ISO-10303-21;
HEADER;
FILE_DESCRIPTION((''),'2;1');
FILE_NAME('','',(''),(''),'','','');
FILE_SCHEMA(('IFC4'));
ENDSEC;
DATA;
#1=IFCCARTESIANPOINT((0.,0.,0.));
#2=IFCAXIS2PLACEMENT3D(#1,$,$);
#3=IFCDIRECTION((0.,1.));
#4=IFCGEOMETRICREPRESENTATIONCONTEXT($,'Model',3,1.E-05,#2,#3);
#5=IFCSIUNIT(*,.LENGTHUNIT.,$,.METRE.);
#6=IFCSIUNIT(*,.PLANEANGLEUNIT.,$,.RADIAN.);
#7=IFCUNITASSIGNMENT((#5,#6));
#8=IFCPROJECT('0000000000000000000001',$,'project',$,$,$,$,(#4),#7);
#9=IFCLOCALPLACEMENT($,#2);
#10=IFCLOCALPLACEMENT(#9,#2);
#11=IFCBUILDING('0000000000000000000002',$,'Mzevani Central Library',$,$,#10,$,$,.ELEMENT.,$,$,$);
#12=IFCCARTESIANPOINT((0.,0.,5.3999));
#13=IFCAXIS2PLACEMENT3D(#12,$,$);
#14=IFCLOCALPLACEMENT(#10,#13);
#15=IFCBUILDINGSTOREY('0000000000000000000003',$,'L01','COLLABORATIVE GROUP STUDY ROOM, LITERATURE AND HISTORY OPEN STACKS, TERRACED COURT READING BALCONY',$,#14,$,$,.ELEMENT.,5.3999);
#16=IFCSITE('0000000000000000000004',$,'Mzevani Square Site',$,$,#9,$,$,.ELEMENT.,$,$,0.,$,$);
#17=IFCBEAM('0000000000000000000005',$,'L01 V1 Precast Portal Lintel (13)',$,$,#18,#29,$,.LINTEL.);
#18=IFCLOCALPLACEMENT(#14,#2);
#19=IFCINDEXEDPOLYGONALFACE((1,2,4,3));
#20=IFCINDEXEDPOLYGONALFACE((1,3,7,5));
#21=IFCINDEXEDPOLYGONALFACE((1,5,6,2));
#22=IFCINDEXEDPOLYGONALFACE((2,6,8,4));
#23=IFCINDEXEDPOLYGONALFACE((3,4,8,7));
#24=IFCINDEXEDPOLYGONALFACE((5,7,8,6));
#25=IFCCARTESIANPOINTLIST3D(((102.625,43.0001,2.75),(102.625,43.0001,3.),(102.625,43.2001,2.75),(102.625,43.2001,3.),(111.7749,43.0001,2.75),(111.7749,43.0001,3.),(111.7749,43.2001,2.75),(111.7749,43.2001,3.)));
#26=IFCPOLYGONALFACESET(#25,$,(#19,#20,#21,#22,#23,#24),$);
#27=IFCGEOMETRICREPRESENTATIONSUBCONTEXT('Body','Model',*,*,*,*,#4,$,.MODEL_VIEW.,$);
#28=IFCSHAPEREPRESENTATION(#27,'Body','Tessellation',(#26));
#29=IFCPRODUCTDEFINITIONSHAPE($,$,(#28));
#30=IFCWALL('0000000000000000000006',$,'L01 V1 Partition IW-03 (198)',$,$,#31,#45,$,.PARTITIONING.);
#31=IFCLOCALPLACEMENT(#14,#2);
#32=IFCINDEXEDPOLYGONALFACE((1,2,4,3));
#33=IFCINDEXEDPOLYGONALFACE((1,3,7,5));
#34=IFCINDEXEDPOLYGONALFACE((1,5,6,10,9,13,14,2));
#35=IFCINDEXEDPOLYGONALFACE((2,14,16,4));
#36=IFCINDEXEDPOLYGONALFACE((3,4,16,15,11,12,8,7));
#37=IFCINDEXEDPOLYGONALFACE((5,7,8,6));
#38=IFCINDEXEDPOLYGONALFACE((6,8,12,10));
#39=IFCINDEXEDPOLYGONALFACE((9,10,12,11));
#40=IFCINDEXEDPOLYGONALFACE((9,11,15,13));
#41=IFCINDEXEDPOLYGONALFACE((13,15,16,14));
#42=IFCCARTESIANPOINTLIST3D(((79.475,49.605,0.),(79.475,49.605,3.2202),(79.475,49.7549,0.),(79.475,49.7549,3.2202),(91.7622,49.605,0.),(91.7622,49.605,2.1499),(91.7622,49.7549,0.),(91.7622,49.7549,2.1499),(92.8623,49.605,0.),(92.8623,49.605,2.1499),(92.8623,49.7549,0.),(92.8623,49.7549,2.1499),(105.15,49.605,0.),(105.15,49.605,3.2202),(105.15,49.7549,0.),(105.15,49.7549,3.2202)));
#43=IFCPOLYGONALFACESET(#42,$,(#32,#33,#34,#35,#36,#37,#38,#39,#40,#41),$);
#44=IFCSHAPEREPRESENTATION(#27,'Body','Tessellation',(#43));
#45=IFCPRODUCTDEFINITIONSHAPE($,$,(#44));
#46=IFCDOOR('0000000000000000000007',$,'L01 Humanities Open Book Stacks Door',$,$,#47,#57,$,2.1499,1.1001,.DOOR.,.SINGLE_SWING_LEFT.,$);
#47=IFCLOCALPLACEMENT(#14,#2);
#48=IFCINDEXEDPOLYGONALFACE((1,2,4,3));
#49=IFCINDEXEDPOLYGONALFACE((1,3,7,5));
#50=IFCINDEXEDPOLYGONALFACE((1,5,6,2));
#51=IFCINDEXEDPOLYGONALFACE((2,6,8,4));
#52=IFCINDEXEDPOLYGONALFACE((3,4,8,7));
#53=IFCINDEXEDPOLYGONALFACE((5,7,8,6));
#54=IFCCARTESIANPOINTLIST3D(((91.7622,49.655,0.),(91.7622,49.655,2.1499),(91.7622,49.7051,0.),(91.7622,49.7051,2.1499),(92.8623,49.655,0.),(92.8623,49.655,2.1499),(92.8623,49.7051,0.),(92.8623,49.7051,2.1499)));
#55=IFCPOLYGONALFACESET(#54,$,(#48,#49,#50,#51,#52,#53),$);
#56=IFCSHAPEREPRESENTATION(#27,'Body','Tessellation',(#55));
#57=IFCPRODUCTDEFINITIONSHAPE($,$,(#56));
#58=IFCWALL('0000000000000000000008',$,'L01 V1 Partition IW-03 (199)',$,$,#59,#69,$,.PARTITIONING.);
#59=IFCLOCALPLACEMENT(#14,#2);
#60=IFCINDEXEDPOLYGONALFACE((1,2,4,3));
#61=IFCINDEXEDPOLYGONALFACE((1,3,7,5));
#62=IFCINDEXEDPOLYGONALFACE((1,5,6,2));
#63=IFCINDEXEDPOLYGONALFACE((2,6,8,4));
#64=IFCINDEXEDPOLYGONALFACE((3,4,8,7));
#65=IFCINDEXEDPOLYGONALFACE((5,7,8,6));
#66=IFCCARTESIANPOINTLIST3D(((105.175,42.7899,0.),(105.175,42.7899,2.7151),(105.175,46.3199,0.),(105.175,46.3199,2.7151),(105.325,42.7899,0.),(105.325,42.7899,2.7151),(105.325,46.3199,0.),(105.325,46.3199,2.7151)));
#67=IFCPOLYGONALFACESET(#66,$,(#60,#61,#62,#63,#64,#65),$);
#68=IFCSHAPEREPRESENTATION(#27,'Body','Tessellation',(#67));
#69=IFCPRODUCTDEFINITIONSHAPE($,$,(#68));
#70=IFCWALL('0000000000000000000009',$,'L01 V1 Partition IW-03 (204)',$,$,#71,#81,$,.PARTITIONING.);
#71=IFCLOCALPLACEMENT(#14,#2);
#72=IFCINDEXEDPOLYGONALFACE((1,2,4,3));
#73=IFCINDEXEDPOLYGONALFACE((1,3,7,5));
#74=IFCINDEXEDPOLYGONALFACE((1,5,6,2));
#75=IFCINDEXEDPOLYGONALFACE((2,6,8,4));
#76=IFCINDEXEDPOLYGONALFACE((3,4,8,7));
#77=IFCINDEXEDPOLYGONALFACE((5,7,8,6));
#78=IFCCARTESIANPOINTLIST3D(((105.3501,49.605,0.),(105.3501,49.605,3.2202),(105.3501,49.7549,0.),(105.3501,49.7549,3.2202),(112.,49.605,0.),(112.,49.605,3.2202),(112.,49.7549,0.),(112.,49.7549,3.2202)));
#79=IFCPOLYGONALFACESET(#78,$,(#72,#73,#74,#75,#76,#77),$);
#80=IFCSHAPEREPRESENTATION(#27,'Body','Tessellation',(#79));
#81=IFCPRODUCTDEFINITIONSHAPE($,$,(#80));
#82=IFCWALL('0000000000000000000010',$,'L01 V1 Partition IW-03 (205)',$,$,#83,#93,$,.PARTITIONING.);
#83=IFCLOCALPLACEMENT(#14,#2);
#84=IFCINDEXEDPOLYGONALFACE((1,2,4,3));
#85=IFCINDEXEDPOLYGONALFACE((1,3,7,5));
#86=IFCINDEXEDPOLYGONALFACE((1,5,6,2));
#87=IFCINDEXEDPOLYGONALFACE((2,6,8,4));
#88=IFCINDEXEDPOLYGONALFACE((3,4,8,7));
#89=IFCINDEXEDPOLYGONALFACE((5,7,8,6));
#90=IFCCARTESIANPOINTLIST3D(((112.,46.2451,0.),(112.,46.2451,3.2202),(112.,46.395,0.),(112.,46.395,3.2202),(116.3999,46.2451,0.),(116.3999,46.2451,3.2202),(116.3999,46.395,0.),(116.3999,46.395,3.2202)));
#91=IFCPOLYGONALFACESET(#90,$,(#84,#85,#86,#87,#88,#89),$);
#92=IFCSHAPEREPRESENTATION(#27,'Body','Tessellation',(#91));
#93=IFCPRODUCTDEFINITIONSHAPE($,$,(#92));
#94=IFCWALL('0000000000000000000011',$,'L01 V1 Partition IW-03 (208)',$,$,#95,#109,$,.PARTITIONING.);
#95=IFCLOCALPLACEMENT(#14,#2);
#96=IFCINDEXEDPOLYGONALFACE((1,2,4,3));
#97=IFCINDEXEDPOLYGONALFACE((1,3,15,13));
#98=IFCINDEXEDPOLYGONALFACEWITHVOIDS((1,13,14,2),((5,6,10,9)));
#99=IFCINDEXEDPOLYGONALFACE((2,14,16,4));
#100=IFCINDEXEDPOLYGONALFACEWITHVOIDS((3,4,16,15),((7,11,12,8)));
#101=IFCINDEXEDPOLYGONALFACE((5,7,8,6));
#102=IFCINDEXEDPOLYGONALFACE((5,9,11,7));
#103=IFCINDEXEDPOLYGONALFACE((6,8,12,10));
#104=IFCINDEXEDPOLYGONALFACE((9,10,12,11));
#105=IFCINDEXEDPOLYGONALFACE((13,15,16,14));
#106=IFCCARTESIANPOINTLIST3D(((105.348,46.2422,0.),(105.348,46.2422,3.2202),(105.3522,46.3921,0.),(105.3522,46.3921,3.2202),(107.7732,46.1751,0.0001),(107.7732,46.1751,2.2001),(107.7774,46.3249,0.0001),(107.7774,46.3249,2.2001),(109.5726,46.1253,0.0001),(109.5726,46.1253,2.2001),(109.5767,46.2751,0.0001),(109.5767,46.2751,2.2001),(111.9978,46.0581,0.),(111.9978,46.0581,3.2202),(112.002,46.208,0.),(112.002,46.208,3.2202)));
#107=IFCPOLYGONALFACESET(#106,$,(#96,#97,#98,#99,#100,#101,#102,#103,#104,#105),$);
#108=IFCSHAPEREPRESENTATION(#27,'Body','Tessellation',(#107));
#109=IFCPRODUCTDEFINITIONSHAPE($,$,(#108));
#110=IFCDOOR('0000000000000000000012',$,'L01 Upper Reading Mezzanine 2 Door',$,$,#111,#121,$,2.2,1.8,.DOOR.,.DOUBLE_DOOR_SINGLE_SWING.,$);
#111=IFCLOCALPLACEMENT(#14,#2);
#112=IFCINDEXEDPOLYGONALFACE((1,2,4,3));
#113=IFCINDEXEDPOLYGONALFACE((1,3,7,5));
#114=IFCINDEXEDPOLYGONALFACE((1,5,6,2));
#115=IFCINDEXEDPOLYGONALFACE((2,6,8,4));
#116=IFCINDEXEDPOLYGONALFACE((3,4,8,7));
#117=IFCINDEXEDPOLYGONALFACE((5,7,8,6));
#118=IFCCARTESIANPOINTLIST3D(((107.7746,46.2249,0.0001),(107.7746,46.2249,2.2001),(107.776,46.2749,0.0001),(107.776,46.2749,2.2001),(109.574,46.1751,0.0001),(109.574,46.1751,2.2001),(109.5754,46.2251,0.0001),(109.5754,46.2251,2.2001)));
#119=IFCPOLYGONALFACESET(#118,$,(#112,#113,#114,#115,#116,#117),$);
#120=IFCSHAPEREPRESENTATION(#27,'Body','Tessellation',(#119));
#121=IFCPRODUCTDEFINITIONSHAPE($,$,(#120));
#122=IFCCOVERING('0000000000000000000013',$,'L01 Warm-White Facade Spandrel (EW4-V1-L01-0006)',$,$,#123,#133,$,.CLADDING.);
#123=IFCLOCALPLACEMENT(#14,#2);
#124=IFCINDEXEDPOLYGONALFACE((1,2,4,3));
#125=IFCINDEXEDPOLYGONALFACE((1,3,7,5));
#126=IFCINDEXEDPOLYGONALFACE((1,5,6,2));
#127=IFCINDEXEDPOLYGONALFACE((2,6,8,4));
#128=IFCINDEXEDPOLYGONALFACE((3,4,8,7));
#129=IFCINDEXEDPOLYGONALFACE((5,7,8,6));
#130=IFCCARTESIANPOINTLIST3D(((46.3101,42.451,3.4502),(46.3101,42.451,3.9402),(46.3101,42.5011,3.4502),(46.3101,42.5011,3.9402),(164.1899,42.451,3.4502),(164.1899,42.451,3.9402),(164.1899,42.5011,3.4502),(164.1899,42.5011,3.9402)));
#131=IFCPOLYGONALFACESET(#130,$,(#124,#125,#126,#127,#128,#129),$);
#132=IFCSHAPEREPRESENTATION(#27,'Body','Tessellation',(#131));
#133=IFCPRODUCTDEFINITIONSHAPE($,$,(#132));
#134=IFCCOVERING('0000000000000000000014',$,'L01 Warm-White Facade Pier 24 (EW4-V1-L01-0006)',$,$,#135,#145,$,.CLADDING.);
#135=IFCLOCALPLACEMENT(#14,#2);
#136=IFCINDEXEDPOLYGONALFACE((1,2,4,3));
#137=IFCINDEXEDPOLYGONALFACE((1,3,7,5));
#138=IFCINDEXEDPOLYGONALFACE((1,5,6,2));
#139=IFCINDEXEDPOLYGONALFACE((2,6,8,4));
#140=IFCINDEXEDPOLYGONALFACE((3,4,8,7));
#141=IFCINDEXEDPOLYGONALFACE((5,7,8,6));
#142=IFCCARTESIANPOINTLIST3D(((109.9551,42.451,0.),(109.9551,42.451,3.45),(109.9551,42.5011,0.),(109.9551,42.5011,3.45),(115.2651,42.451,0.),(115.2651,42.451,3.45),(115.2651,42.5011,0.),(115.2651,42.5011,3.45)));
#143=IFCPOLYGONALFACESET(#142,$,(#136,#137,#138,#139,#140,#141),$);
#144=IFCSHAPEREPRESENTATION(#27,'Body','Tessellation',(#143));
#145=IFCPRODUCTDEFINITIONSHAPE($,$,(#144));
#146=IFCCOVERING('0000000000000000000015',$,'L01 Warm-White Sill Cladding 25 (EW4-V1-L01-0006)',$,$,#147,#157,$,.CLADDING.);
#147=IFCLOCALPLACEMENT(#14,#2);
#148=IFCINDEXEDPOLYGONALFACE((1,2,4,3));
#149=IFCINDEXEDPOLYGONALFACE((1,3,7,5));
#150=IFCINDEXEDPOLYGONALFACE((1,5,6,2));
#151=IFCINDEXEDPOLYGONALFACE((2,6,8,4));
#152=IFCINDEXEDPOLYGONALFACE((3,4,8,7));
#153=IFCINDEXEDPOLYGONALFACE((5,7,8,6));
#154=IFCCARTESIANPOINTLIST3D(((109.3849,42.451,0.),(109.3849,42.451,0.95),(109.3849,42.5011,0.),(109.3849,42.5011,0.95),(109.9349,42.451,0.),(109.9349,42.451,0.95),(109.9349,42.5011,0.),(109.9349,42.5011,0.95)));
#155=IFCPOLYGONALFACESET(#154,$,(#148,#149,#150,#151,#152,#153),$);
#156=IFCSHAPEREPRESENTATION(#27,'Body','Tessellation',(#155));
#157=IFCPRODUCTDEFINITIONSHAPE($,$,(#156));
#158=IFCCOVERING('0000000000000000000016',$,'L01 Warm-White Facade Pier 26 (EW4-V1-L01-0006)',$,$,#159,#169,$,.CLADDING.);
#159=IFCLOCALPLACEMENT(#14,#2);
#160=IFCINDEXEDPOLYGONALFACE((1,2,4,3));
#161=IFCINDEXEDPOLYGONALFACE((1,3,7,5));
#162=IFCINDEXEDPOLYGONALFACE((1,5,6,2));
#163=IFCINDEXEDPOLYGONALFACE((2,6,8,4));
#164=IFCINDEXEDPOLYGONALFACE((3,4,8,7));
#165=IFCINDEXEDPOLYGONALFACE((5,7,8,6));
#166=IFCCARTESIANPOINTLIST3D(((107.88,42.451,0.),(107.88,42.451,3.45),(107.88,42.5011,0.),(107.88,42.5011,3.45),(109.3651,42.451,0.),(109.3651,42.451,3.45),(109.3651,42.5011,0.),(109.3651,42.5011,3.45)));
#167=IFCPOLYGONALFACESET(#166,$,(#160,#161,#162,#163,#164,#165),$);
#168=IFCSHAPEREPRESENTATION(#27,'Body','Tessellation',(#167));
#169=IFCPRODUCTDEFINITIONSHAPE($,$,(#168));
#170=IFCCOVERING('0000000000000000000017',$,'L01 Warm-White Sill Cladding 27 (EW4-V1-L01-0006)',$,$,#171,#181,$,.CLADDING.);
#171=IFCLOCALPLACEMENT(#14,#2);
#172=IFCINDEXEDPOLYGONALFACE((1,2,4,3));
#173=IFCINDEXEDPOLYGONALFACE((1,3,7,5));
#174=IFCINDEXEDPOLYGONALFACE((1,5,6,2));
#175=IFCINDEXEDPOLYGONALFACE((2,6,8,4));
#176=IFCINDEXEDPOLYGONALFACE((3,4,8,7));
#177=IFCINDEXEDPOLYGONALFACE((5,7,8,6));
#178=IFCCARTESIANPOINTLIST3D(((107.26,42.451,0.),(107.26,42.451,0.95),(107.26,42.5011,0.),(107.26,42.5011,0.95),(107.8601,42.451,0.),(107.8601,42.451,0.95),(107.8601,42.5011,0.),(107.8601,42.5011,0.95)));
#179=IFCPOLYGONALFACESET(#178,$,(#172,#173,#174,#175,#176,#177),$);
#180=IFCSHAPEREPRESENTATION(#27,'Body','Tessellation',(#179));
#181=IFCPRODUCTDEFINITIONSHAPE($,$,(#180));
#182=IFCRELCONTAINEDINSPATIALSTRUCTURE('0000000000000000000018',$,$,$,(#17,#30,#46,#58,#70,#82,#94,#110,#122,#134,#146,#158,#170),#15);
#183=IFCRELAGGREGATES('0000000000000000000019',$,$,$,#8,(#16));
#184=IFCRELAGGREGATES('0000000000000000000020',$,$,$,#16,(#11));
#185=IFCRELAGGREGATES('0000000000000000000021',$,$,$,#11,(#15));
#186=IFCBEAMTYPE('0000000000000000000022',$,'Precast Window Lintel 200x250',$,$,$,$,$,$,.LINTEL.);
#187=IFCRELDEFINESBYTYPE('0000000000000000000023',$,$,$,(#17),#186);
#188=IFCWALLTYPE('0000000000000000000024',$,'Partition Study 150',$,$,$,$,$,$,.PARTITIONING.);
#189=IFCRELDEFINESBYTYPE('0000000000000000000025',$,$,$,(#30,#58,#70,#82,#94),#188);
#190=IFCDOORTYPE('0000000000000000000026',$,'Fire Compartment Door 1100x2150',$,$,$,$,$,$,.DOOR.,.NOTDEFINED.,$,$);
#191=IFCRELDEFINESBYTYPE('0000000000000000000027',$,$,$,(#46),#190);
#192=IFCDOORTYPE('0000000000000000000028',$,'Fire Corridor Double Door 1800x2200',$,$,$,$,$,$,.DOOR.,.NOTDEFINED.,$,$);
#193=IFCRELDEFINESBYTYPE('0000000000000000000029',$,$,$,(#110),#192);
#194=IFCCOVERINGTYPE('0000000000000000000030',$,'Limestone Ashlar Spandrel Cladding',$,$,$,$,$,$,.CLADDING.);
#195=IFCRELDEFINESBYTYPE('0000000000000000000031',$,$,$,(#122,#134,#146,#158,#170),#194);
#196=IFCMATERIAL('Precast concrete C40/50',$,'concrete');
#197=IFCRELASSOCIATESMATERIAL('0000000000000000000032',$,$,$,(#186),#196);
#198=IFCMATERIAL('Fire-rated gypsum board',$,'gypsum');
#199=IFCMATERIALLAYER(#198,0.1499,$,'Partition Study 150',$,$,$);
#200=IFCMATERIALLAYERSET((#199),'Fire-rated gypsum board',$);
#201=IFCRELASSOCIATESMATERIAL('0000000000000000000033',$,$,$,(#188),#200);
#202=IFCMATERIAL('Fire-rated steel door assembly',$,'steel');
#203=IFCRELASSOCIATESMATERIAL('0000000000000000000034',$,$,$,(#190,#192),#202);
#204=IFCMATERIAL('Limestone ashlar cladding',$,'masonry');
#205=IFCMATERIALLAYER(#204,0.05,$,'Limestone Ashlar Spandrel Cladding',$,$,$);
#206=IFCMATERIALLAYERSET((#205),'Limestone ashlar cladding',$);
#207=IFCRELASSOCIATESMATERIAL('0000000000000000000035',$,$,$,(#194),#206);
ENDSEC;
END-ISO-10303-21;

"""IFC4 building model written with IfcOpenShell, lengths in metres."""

from ifc_helpers import new_model, si_unit, direction, frame, frame_2d, origin, origin_2d, place, context, subcontext, project, spatial, rectangle, extrude, material, layer, layer_set, material_profile, profile_set, type_object, element, fill, save


model = new_model("IFC4")

# Units and contexts
model_context = context("Model", 3, precision=1e-05, world=origin(), true_north=direction((0.0, 1.0)))
body_context = subcontext(model_context, "Body", "Model", "MODEL_VIEW")
ifc_project = project(units=[si_unit("LENGTHUNIT", "METRE"), si_unit("PLANEANGLEUNIT", "RADIAN")], contexts=[model_context])

# Site, building, storey
site_placement = place(None, origin())
site = spatial("IfcSite", under=ifc_project, at=site_placement, Name="Mzevani Square Site", CompositionType="ELEMENT", RefElevation=0.0)
building_placement = place(site_placement, origin())
building = spatial("IfcBuilding", under=site, at=building_placement, Name="Mzevani Central Library", CompositionType="ELEMENT")
storey_placement = place(building_placement, frame((0.0, 0.0, 5.3999)))
storey = spatial("IfcBuildingStorey", under=building, at=storey_placement, Name="L01", Description="COLLABORATIVE GROUP STUDY ROOM, LITERATURE AND HISTORY OPEN STACKS, TERRACED COURT READING BALCONY", CompositionType="ELEMENT", Elevation=5.3999)

# Beam
ifc_material_1 = material(Name="Precast concrete C40/50", Category="concrete")
ifc_material_profile_1 = material_profile(ifc_material_1, rectangle(XDim=0.2, YDim=0.25, at=origin_2d()), Name="PC LN200x250")
ifc_profile_set_1 = profile_set([ifc_material_profile_1], Name="Precast concrete C40/50")
beam_type_1 = type_object("IfcBeamType", Name="Precast Window Lintel 200x250", PredefinedType="LINTEL", material=ifc_profile_set_1)
beam_1_placement = place(storey_placement, frame((102.625, 43.1001, 2.875), z_axis=(1.0, 0.0, 0.0), x_axis=(0.0, 1.0, 0.0)))
element("IfcBeam", 1, at=beam_1_placement, inside=storey, type_object=beam_type_1, Name="L01 V1 Precast Portal Lintel (13)", PredefinedType="LINTEL", context=body_context, shape_type="SweptSolid", body=[
    extrude(rectangle(XDim=0.2, YDim=0.25, at=origin_2d()), origin(), (0.0, 0.0, 1.0), 9.1499),
])

# Wall, opening, door
ifc_material_2 = material(Name="Fire-rated gypsum board", Category="gypsum")
ifc_layer_1 = layer(ifc_material_2, 0.1499, Name="Partition Study 150")
ifc_layer_set_1 = layer_set([ifc_layer_1], Name="Fire-rated gypsum board")
wall_type = type_object("IfcWallType", Name="Partition Study 150", PredefinedType="PARTITIONING", material=ifc_layer_set_1)
wall_1_placement = place(storey_placement, frame((105.1499, 49.6799, 0.0), z_axis=(0.0, 0.0, 1.0), x_axis=(-1.0, 0.0, 0.0)))
wall_1 = element("IfcWall", 2, at=wall_1_placement, inside=storey, type_object=wall_type, Name="L01 V1 Partition IW-03 (198)", PredefinedType="PARTITIONING", context=body_context, shape_type="SweptSolid", body=[
    extrude(rectangle(XDim=25.675, YDim=0.1499, at=frame_2d((12.8374, 0.0))), origin(), (0.0, 0.0, 1.0), 3.2202),
])
opening_1_placement = place(wall_1_placement, frame((12.2876, 0.0, 0.0)))
opening_1 = element("IfcOpeningElement", 3, at=opening_1_placement, cuts=wall_1, PredefinedType="OPENING", context=body_context, shape_type="SweptSolid", body=[
    extrude(rectangle(XDim=1.1001, YDim=2.1499, at=frame_2d((0.55, 1.075))), frame((0.0, 0.085, 0.0), z_axis=(0.0, -1.0, 0.0), x_axis=(1.0, 0.0, 0.0)), (0.0, 0.0, 1.0), 0.1699),
])
ifc_material_3 = material(Name="Fire-rated steel door assembly", Category="steel")
door_type_1 = type_object("IfcDoorType", Name="Fire Compartment Door 1100x2150", OperationType="NOTDEFINED", PredefinedType="DOOR", material=ifc_material_3)
door_1_placement = place(opening_1_placement, origin())
door_1 = element("IfcDoor", 4, at=door_1_placement, inside=storey, type_object=door_type_1, Name="L01 Humanities Open Book Stacks Door", OperationType="SINGLE_SWING_LEFT", OverallHeight=2.1499, OverallWidth=1.1001, PredefinedType="DOOR", context=body_context, shape_type="SweptSolid", body=[
    extrude(rectangle(XDim=1.1001, YDim=2.1499, at=frame_2d((0.55, 1.075))), frame((0.0, 0.0249, 0.0), z_axis=(0.0, -1.0, 0.0), x_axis=(1.0, 0.0, 0.0)), (0.0, 0.0, 1.0), 0.05),
])
fill(opening_1, door_1)

# Walls
wall_2_placement = place(storey_placement, frame((105.25, 46.3201, 0.0), z_axis=(0.0, 0.0, 1.0), x_axis=(0.0, -1.0, 0.0)))
element("IfcWall", 5, at=wall_2_placement, inside=storey, type_object=wall_type, Name="L01 V1 Partition IW-03 (199)", PredefinedType="PARTITIONING", context=body_context, shape_type="SweptSolid", body=[
    extrude(rectangle(XDim=3.53, YDim=0.1499, at=frame_2d((1.7651, 0.0))), origin(), (0.0, 0.0, 1.0), 2.7151),
])
wall_3_placement = place(storey_placement, frame((112.0, 49.6799, 0.0), z_axis=(0.0, 0.0, 1.0), x_axis=(-1.0, 0.0, 0.0)))
element("IfcWall", 6, at=wall_3_placement, inside=storey, type_object=wall_type, Name="L01 V1 Partition IW-03 (204)", PredefinedType="PARTITIONING", context=body_context, shape_type="SweptSolid", body=[
    extrude(rectangle(XDim=6.6499, YDim=0.1499, at=frame_2d((3.325, 0.0))), origin(), (0.0, 0.0, 1.0), 3.2202),
])
wall_4_placement = place(storey_placement, frame((112.0, 46.3201, 0.0), z_axis=(0.0, 0.0, 1.0), x_axis=(1.0, 0.0, 0.0)))
element("IfcWall", 7, at=wall_4_placement, inside=storey, type_object=wall_type, Name="L01 V1 Partition IW-03 (205)", PredefinedType="PARTITIONING", context=body_context, shape_type="SweptSolid", body=[
    extrude(rectangle(XDim=4.3999, YDim=0.1499, at=frame_2d((2.2, 0.0))), origin(), (0.0, 0.0, 1.0), 3.2202),
])

# Wall, opening, door
wall_5_placement = place(storey_placement, frame((105.3501, 46.3171, 0.0), z_axis=(0.0, 0.0, 1.0), x_axis=(0.999617, -0.027671, 0.0)))
wall_5 = element("IfcWall", 8, at=wall_5_placement, inside=storey, type_object=wall_type, Name="L01 V1 Partition IW-03 (208)", PredefinedType="PARTITIONING", context=body_context, shape_type="SweptSolid", body=[
    extrude(rectangle(XDim=6.6523, YDim=0.1499, at=frame_2d((3.3262, 0.0))), origin(), (0.0, 0.0, 1.0), 3.2202),
])
opening_2_placement = place(wall_5_placement, frame((2.4263, 0.0, 0.0)))
opening_2 = element("IfcOpeningElement", 9, at=opening_2_placement, cuts=wall_5, PredefinedType="OPENING", context=body_context, shape_type="SweptSolid", body=[
    extrude(rectangle(XDim=1.8, YDim=2.2, at=frame_2d((0.8999, 1.1001))), frame((0.0, 0.085, 0.0), z_axis=(0.0, -1.0, 0.0), x_axis=(1.0, 0.0, 0.0)), (0.0, 0.0, 1.0), 0.1699),
])
door_type_2 = type_object("IfcDoorType", Name="Fire Corridor Double Door 1800x2200", OperationType="NOTDEFINED", PredefinedType="DOOR", material=ifc_material_3)
door_2_placement = place(opening_2_placement, origin())
door_2 = element("IfcDoor", 10, at=door_2_placement, inside=storey, type_object=door_type_2, Name="L01 Upper Reading Mezzanine 2 Door", OperationType="DOUBLE_DOOR_SINGLE_SWING", OverallHeight=2.2, OverallWidth=1.8, PredefinedType="DOOR", context=body_context, shape_type="SweptSolid", body=[
    extrude(rectangle(XDim=1.8, YDim=2.2, at=frame_2d((0.8999, 1.1001))), frame((0.0, 0.0249, 0.0), z_axis=(0.0, -1.0, 0.0), x_axis=(1.0, 0.0, 0.0)), (0.0, 0.0, 1.0), 0.05),
])
fill(opening_2, door_2)

# Coverings
ifc_material_4 = material(Name="Limestone ashlar cladding", Category="masonry")
ifc_layer_2 = layer(ifc_material_4, 0.05, Name="Limestone Ashlar Spandrel Cladding")
ifc_layer_set_2 = layer_set([ifc_layer_2], Name="Limestone ashlar cladding")
covering_type = type_object("IfcCoveringType", Name="Limestone Ashlar Spandrel Cladding", PredefinedType="CLADDING", material=ifc_layer_set_2)
covering_1_placement = place(storey_placement, frame((105.25, 42.4761, 3.4502), z_axis=(0.0, 0.0, 1.0), x_axis=(-1.0, 0.0, 0.0)))
element("IfcCovering", 11, at=covering_1_placement, inside=storey, type_object=covering_type, Name="L01 Warm-White Facade Spandrel (EW4-V1-L01-0006)", PredefinedType="CLADDING", context=body_context, shape_type="SweptSolid", body=[
    extrude(rectangle(XDim=117.8799, YDim=0.05, at=origin_2d()), origin(), (0.0, 0.0, 1.0), 0.49),
])
covering_2_placement = place(storey_placement, frame((112.6101, 42.4761, 0.0), z_axis=(0.0, 0.0, 1.0), x_axis=(-1.0, 0.0, 0.0)))
element("IfcCovering", 12, at=covering_2_placement, inside=storey, type_object=covering_type, Name="L01 Warm-White Facade Pier 24 (EW4-V1-L01-0006)", PredefinedType="CLADDING", context=body_context, shape_type="SweptSolid", body=[
    extrude(rectangle(XDim=5.3101, YDim=0.05, at=origin_2d()), origin(), (0.0, 0.0, 1.0), 3.45),
])
covering_3_placement = place(storey_placement, frame((109.6599, 42.4761, 0.0), z_axis=(0.0, 0.0, 1.0), x_axis=(-1.0, 0.0, 0.0)))
element("IfcCovering", 13, at=covering_3_placement, inside=storey, type_object=covering_type, Name="L01 Warm-White Sill Cladding 25 (EW4-V1-L01-0006)", PredefinedType="CLADDING", context=body_context, shape_type="SweptSolid", body=[
    extrude(rectangle(XDim=0.55, YDim=0.05, at=origin_2d()), origin(), (0.0, 0.0, 1.0), 0.95),
])
covering_4_placement = place(storey_placement, frame((108.6226, 42.4761, 0.0), z_axis=(0.0, 0.0, 1.0), x_axis=(-1.0, 0.0, 0.0)))
element("IfcCovering", 14, at=covering_4_placement, inside=storey, type_object=covering_type, Name="L01 Warm-White Facade Pier 26 (EW4-V1-L01-0006)", PredefinedType="CLADDING", context=body_context, shape_type="SweptSolid", body=[
    extrude(rectangle(XDim=1.4851, YDim=0.05, at=origin_2d()), origin(), (0.0, 0.0, 1.0), 3.45),
])
covering_5_placement = place(storey_placement, frame((107.5601, 42.4761, 0.0), z_axis=(0.0, 0.0, 1.0), x_axis=(-1.0, 0.0, 0.0)))
element("IfcCovering", 15, at=covering_5_placement, inside=storey, type_object=covering_type, Name="L01 Warm-White Sill Cladding 27 (EW4-V1-L01-0006)", PredefinedType="CLADDING", context=body_context, shape_type="SweptSolid", body=[
    extrude(rectangle(XDim=0.6001, YDim=0.05, at=origin_2d()), origin(), (0.0, 0.0, 1.0), 0.95),
])

save(model, "model.ifc")
